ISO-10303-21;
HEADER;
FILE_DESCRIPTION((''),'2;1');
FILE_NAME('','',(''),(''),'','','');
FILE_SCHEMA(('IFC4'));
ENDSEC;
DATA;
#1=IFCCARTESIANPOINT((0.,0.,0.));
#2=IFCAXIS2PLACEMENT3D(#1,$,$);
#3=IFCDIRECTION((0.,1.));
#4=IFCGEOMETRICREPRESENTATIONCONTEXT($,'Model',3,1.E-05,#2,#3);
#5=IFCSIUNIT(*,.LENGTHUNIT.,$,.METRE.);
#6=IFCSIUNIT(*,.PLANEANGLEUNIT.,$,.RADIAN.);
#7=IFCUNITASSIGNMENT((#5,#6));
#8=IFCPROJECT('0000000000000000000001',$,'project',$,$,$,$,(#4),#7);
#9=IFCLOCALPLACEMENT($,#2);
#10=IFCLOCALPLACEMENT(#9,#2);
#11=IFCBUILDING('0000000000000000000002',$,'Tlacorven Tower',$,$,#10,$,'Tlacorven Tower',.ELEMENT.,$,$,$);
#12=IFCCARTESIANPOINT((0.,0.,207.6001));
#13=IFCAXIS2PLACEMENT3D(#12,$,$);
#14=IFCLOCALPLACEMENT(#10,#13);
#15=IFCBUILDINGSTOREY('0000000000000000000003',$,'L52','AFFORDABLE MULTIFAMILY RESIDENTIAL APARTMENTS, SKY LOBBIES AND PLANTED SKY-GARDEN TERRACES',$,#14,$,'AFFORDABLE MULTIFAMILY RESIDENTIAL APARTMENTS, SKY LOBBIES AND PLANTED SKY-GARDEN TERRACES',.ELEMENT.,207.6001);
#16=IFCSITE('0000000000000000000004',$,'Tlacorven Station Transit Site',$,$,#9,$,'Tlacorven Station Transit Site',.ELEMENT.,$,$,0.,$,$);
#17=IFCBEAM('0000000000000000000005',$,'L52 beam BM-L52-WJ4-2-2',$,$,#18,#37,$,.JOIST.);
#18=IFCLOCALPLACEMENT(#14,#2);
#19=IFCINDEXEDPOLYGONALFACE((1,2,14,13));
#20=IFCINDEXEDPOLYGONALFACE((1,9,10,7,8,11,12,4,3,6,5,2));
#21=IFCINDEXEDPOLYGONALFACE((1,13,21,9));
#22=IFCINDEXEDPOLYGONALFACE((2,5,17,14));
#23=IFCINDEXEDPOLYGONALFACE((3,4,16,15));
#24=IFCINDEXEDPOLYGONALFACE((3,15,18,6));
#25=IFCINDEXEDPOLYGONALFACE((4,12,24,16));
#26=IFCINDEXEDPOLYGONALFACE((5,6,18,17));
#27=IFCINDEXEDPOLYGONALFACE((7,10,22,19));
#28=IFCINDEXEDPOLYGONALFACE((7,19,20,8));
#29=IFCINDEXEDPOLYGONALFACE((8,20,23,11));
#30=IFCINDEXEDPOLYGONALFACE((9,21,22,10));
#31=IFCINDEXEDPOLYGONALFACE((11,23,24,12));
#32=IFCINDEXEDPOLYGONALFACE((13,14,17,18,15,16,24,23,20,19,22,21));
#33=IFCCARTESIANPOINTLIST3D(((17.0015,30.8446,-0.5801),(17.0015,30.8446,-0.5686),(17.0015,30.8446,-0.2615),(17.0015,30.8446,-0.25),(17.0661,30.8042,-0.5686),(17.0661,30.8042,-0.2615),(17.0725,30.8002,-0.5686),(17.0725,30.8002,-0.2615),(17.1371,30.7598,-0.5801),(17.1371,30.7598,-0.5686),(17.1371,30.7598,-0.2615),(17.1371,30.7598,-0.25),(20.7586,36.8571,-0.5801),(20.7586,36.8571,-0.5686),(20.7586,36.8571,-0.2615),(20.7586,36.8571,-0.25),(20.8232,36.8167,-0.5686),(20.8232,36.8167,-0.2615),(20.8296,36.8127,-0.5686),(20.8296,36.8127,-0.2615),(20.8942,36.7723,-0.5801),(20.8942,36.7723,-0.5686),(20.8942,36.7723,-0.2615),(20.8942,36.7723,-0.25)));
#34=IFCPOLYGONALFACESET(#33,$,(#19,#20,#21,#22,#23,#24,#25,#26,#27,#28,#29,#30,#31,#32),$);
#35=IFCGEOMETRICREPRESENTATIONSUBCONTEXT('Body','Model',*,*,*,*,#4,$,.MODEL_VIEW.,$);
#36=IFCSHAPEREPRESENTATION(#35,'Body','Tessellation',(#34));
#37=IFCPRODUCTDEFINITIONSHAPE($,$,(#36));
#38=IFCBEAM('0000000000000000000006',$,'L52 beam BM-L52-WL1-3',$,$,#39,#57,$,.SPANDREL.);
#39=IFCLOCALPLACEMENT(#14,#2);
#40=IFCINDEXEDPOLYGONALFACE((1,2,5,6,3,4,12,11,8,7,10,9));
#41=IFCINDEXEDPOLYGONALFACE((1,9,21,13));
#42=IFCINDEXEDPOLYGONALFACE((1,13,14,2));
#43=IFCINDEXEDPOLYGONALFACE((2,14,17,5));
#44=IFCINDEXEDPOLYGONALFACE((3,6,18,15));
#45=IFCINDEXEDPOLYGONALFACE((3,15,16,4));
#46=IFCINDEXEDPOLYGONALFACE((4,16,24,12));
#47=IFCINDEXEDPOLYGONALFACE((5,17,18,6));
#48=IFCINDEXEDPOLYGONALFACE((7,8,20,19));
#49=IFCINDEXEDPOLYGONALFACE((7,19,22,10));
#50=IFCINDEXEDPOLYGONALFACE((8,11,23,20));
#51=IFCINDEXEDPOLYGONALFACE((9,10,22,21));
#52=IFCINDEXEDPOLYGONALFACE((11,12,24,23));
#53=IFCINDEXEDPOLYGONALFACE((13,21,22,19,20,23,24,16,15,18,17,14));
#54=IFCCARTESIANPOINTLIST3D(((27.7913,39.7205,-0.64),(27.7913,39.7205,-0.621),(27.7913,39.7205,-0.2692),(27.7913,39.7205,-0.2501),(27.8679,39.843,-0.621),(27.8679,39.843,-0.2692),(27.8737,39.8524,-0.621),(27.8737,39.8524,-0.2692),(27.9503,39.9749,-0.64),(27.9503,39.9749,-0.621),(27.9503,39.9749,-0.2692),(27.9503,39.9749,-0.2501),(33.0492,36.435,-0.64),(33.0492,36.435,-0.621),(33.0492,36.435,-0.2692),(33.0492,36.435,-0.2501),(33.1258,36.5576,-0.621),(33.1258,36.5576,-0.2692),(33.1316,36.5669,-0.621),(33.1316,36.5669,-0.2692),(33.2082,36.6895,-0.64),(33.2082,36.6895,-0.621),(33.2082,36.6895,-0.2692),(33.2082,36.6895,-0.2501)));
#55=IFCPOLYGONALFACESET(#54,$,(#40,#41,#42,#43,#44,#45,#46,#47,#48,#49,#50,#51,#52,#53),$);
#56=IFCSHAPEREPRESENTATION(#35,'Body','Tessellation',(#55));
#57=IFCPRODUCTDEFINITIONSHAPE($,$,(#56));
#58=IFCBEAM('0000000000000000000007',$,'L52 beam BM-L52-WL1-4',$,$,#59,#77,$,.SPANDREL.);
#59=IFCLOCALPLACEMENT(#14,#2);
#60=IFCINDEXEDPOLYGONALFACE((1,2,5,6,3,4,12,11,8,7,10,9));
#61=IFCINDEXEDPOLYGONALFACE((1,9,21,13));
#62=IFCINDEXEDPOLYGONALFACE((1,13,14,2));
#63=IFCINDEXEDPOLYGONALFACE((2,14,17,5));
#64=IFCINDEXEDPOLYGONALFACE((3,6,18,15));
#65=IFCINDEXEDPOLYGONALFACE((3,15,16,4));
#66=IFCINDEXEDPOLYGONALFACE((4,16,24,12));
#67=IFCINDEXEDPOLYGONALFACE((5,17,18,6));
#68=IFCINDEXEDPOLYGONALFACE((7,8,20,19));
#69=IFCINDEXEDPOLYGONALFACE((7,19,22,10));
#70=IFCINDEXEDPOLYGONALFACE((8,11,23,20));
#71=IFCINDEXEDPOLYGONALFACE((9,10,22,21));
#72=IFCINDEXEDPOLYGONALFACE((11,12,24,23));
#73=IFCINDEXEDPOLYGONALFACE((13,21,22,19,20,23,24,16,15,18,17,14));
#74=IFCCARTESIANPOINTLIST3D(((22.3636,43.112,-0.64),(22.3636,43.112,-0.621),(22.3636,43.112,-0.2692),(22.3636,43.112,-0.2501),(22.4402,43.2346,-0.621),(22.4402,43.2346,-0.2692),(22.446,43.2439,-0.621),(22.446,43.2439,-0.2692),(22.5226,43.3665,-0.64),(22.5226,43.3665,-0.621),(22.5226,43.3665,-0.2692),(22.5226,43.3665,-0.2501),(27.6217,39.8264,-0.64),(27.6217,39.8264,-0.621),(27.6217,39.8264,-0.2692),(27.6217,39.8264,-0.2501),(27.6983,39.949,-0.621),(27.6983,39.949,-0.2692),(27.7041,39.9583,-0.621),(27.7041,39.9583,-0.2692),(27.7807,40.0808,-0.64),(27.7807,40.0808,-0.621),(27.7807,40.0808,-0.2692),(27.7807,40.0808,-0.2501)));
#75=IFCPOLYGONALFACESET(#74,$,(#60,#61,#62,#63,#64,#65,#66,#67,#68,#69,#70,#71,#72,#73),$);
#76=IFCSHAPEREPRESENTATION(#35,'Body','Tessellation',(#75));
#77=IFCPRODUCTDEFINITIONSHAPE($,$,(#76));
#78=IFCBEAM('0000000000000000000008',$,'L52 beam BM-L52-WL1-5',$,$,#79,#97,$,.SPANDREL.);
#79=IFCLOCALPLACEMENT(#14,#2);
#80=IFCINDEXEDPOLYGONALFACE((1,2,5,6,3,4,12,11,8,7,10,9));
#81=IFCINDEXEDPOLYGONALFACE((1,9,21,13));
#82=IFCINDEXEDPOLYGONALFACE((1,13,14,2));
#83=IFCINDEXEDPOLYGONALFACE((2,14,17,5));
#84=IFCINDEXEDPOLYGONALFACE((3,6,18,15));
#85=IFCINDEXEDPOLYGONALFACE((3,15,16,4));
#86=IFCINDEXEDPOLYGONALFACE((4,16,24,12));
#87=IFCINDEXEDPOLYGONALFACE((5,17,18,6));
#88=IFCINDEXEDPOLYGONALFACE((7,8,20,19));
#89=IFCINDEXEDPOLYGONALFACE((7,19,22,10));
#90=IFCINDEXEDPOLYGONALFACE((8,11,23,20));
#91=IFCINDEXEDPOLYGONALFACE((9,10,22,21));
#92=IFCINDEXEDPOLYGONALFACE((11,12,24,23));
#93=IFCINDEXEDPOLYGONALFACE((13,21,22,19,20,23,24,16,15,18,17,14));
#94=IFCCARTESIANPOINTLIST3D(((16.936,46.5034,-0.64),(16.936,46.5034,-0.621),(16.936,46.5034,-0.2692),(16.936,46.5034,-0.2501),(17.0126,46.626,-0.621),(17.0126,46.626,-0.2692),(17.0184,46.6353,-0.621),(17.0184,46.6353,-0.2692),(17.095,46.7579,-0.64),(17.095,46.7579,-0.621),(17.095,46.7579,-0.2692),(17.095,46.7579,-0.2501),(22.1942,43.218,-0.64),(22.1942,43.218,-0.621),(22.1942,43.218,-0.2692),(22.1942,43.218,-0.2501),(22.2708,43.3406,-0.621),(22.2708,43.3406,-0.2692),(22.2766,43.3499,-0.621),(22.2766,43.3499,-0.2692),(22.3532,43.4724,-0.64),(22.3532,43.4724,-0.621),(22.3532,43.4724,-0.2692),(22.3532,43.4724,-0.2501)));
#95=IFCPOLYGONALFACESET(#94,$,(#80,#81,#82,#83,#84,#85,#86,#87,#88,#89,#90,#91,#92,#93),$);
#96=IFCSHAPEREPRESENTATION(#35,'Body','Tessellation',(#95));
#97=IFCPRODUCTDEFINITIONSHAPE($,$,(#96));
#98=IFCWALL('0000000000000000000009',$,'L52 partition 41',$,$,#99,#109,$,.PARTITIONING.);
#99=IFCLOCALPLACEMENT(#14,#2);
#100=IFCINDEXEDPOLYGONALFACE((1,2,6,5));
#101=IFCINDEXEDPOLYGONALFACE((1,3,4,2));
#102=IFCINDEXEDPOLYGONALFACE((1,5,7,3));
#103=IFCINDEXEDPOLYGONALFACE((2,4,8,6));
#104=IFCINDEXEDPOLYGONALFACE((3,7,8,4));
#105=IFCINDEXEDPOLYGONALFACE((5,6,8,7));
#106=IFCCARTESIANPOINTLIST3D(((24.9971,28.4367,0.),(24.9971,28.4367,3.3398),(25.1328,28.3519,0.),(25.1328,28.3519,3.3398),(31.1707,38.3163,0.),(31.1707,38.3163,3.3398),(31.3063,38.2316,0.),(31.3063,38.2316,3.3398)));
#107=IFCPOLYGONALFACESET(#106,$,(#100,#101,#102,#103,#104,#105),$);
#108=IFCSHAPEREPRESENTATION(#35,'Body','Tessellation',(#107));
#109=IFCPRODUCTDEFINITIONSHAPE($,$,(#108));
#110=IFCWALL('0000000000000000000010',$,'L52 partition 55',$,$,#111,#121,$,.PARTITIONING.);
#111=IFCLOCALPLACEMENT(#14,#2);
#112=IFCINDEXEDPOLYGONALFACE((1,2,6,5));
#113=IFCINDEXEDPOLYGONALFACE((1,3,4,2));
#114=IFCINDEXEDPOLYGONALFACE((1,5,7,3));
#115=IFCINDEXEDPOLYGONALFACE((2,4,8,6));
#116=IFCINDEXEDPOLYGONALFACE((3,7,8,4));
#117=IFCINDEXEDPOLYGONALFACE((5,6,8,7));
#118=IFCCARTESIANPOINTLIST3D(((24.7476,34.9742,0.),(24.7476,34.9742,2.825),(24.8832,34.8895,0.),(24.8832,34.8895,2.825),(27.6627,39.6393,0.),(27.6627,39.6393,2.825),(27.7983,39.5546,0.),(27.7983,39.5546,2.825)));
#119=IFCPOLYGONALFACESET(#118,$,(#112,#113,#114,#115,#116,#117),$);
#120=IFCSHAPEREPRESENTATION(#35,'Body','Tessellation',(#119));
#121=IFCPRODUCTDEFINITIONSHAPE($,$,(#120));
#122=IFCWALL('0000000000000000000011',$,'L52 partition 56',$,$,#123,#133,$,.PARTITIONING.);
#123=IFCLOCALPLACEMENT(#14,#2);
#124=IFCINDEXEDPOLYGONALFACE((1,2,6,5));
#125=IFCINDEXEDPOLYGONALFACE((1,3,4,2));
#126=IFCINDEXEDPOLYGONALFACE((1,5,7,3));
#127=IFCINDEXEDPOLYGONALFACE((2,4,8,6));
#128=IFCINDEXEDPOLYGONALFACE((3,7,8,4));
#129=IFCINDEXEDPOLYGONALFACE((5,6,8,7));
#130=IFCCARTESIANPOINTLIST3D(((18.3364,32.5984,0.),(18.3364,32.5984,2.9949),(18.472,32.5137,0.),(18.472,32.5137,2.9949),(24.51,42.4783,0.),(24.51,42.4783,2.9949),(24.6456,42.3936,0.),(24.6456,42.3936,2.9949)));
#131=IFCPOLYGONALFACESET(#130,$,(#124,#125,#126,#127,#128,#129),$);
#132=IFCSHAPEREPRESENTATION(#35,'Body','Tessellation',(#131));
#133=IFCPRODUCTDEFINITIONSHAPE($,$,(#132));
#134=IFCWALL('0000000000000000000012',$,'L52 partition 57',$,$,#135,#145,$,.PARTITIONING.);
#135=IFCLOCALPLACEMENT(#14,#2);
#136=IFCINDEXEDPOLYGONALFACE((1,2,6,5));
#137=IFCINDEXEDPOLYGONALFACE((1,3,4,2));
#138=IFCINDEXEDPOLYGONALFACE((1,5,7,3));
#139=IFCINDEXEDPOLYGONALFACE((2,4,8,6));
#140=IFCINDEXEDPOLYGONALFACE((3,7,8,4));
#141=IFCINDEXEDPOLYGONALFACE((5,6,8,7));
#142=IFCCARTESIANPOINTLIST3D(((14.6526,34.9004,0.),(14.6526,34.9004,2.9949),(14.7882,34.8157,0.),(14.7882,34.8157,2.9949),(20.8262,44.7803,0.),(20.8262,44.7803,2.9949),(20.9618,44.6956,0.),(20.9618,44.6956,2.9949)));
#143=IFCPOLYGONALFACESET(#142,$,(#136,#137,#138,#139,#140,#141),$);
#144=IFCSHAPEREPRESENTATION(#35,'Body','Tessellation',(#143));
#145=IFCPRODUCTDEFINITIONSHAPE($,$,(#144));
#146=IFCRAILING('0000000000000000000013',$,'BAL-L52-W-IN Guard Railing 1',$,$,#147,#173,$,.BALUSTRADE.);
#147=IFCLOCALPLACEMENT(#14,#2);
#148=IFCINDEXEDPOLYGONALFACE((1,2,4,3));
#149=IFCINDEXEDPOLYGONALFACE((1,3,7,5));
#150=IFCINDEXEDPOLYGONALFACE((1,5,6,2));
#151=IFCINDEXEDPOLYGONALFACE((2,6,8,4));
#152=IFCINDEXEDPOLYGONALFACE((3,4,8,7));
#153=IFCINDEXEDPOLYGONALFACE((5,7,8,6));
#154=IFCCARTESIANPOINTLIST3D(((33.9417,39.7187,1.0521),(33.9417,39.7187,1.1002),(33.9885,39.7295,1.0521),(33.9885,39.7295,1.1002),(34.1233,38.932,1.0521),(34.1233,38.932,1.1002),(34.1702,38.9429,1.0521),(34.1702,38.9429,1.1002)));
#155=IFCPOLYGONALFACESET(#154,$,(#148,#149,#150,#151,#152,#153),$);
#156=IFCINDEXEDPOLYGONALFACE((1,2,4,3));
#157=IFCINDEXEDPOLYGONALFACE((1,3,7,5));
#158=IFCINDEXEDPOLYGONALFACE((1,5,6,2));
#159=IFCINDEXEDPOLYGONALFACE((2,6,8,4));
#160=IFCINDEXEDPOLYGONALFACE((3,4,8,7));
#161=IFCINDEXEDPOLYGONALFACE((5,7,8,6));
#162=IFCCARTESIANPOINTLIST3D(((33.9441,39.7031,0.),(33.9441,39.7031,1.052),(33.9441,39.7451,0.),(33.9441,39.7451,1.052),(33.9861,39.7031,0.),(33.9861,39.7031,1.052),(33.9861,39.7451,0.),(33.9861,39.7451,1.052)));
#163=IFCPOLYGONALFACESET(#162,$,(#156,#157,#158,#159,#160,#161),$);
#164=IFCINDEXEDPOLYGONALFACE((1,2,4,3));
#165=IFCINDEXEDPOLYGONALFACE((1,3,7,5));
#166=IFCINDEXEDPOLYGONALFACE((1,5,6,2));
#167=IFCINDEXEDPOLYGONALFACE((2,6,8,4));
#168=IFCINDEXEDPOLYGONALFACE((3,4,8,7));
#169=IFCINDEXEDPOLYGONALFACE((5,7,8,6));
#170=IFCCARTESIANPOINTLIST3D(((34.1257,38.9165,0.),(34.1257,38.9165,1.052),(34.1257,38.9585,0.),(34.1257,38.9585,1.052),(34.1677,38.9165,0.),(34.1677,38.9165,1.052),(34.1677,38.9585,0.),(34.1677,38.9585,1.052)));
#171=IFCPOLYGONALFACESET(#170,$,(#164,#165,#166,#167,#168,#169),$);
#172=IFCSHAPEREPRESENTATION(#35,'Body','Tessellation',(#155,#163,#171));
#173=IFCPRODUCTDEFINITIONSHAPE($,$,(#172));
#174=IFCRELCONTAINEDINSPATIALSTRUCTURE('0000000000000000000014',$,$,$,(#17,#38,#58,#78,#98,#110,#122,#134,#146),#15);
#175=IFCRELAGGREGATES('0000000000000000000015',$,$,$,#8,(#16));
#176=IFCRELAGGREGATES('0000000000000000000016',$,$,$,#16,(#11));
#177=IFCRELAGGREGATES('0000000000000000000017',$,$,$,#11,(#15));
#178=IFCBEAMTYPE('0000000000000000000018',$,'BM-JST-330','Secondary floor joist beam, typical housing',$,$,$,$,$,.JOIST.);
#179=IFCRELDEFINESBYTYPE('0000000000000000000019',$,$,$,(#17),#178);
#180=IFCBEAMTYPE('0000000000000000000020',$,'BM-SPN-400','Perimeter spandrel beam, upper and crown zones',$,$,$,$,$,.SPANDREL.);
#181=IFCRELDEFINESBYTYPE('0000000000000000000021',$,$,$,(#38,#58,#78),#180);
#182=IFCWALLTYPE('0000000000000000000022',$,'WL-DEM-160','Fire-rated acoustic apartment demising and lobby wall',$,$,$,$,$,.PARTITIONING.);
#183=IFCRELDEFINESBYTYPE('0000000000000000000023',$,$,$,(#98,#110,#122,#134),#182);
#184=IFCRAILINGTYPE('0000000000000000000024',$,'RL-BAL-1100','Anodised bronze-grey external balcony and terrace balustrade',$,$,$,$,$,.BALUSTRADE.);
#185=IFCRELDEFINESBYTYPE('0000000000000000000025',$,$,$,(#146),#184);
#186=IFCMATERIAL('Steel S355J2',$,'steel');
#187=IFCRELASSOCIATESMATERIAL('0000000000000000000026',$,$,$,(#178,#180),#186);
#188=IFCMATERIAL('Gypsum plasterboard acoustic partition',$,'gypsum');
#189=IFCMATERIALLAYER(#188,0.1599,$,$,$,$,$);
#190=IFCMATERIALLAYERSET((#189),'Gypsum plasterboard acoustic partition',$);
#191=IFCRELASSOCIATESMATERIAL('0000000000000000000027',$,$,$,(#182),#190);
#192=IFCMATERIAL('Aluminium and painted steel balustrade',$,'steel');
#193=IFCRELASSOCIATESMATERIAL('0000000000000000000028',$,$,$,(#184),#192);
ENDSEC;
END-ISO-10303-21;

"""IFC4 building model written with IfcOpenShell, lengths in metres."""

from ifc_helpers import new_model, si_unit, direction, frame, frame_2d, origin, origin_2d, place, context, subcontext, project, spatial, rectangle, i_section, extrude, source, transform, mapped, material, layer, layer_set, material_profile, profile_set, type_object, element, save


model = new_model("IFC4")

# Units and contexts
model_context = context("Model", 3, precision=1e-05, world=origin(), true_north=direction((0.0, 1.0)))
body_context = subcontext(model_context, "Body", "Model", "MODEL_VIEW")
ifc_project = project(units=[si_unit("LENGTHUNIT", "METRE"), si_unit("PLANEANGLEUNIT", "RADIAN")], contexts=[model_context])

# Site, building, storey
site_placement = place(None, origin())
site = spatial("IfcSite", under=ifc_project, at=site_placement, Name="Tlacorven Station Transit Site", LongName="Tlacorven Station Transit Site", CompositionType="ELEMENT", RefElevation=0.0)
building_placement = place(site_placement, origin())
building = spatial("IfcBuilding", under=site, at=building_placement, Name="Tlacorven Tower", LongName="Tlacorven Tower", CompositionType="ELEMENT")
storey_placement = place(building_placement, frame((0.0, 0.0, 207.6001)))
storey = spatial("IfcBuildingStorey", under=building, at=storey_placement, Name="L52", Description="AFFORDABLE MULTIFAMILY RESIDENTIAL APARTMENTS, SKY LOBBIES AND PLANTED SKY-GARDEN TERRACES", LongName="AFFORDABLE MULTIFAMILY RESIDENTIAL APARTMENTS, SKY LOBBIES AND PLANTED SKY-GARDEN TERRACES", CompositionType="ELEMENT", Elevation=207.6001)

# Beams
ifc_material_1 = material(Name="Steel S355J2", Category="steel")
ifc_material_profile_1 = material_profile(ifc_material_1, i_section(OverallWidth=0.1599, OverallDepth=0.3301, WebThickness=0.0076, FlangeThickness=0.0115, at=origin_2d()), Name="IPE 330")
ifc_profile_set_1 = profile_set([ifc_material_profile_1], Name="Steel S355J2")
beam_type_1 = type_object("IfcBeamType", Name="BM-JST-330", Description="Secondary floor joist beam, typical housing", PredefinedType="JOIST", material=ifc_profile_set_1)
shared_shape_1 = source(origin(), body_context, "Body", "SweptSolid", [
    extrude(i_section(OverallWidth=0.1599, OverallDepth=0.3301, WebThickness=0.0076, FlangeThickness=0.0115, at=origin_2d()), origin(), (0.0, 0.0, 1.0), 7.0898),
])
beam_1_placement = place(storey_placement, frame((20.8264, 36.8147, -0.415), z_axis=(-0.529928, -0.848043, 0.0), x_axis=(0.848043, -0.529928, 0.0)))
element("IfcBeam", 1, at=beam_1_placement, inside=storey, type_object=beam_type_1, Name="L52 beam BM-L52-WJ4-2-2", PredefinedType="JOIST", context=body_context, shape_type="MappedRepresentation", body=[
    mapped(shared_shape_1, transform((0.0, 0.0, 0.0), scale=1.0)),
])
ifc_material_profile_2 = material_profile(ifc_material_1, i_section(OverallWidth=0.3, OverallDepth=0.3899, WebThickness=0.011, FlangeThickness=0.019, at=origin_2d()), Name="HEA 400")
ifc_profile_set_2 = profile_set([ifc_material_profile_2], Name="Steel S355J2")
beam_type_2 = type_object("IfcBeamType", Name="BM-SPN-400", Description="Perimeter spandrel beam, upper and crown zones", PredefinedType="SPANDREL", material=ifc_profile_set_2)
shared_shape_2 = source(origin(), body_context, "Body", "SweptSolid", [
    extrude(i_section(OverallWidth=0.3, OverallDepth=0.3899, WebThickness=0.011, FlangeThickness=0.019, at=origin_2d()), origin(), (0.0, 0.0, 1.0), 6.2),
])
beam_2_placement = place(storey_placement, frame((33.1287, 36.5623, -0.4451), z_axis=(-0.848051, 0.529914, 0.0), x_axis=(-0.529914, -0.848051, 0.0)))
element("IfcBeam", 2, at=beam_2_placement, inside=storey, type_object=beam_type_2, Name="L52 beam BM-L52-WL1-3", PredefinedType="SPANDREL", context=body_context, shape_type="MappedRepresentation", body=[
    mapped(shared_shape_2, transform((0.0, 0.0, 0.0), scale=1.0)),
])
shared_shape_3 = source(origin(), body_context, "Body", "SweptSolid", [
    extrude(i_section(OverallWidth=0.3, OverallDepth=0.3899, WebThickness=0.011, FlangeThickness=0.019, at=origin_2d()), origin(), (0.0, 0.0, 1.0), 6.2002),
])
for number, where, z_axis, x_axis, name in (
    (3, (27.7012, 39.9536, -0.4451), (-0.848045, 0.529925, 0.0), (-0.529925, -0.848045, 0.0), "L52 beam BM-L52-WL1-4"),
    (4, (22.2737, 43.3452, -0.4451), (-0.848062, 0.529896, 0.0), (-0.529896, -0.848062, 0.0), "L52 beam BM-L52-WL1-5"),
):
    element("IfcBeam", number, at=place(storey_placement, frame(where, z_axis=z_axis, x_axis=x_axis)), inside=storey, type_object=beam_type_2, Name=name, PredefinedType="SPANDREL", context=body_context, shape_type="MappedRepresentation", body=[
        mapped(shared_shape_3, transform((0.0, 0.0, 0.0), scale=1.0)),
    ])

# Walls
ifc_material_2 = material(Name="Gypsum plasterboard acoustic partition", Category="gypsum")
ifc_layer_1 = layer(ifc_material_2, 0.1599)
ifc_layer_set_1 = layer_set([ifc_layer_1], Name="Gypsum plasterboard acoustic partition")
wall_type = type_object("IfcWallType", Name="WL-DEM-160", Description="Fire-rated acoustic apartment demising and lobby wall", PredefinedType="PARTITIONING", material=ifc_layer_set_1)
wall_1_placement = place(storey_placement, frame((31.2385, 38.2739, 0.0), z_axis=(0.0, 0.0, 1.0), x_axis=(-0.529925, -0.848044, 0.0)))
element("IfcWall", 5, at=wall_1_placement, inside=storey, type_object=wall_type, Name="L52 partition 41", PredefinedType="PARTITIONING", context=body_context, shape_type="SweptSolid", body=[
    extrude(rectangle(XDim=11.6499, YDim=0.1599, at=frame_2d((5.825, 0.0))), origin(), (0.0, 0.0, 1.0), 3.3398),
])
wall_2_placement = place(storey_placement, frame((27.7305, 39.5969, 0.0), z_axis=(0.0, 0.0, 1.0), x_axis=(-0.529919, -0.848048, 0.0)))
element("IfcWall", 6, at=wall_2_placement, inside=storey, type_object=wall_type, Name="L52 partition 55", PredefinedType="PARTITIONING", context=body_context, shape_type="SweptSolid", body=[
    extrude(rectangle(XDim=5.501, YDim=0.1599, at=frame_2d((2.7505, 0.0))), origin(), (0.0, 0.0, 1.0), 2.825),
])
for number, where, z_axis, x_axis, name in (
    (7, (24.5779, 42.436, 0.0), (0.0, 0.0, 1.0), (-0.529916, -0.84805, 0.0), "L52 partition 56"),
    (8, (20.894, 44.738, 0.0), (0.0, 0.0, 1.0), (-0.529916, -0.84805, 0.0), "L52 partition 57"),
):
    element("IfcWall", number, at=place(storey_placement, frame(where, z_axis=z_axis, x_axis=x_axis)), inside=storey, type_object=wall_type, Name=name, PredefinedType="PARTITIONING", context=body_context, shape_type="SweptSolid", body=[
        extrude(rectangle(XDim=11.6501, YDim=0.1599, at=frame_2d((5.8252, 0.0))), origin(), (0.0, 0.0, 1.0), 2.9949),
    ])

# Railing
ifc_material_3 = material(Name="Aluminium and painted steel balustrade", Category="steel")
railing_type = type_object("IfcRailingType", Name="RL-BAL-1100", Description="Anodised bronze-grey external balcony and terrace balustrade", PredefinedType="BALUSTRADE", material=ifc_material_3)
shared_shape_4 = source(origin(), body_context, "Body", "SweptSolid", [
    extrude(rectangle(XDim=0.0481, YDim=0.0481, at=origin_2d()), frame((0.0, 0.0, 1.0762), z_axis=(0.224992, -0.974361, 0.0), x_axis=(0.974361, 0.224992, 0.0)), (0.0, 0.0, 1.0), 0.8074),
    extrude(rectangle(XDim=0.042, YDim=0.042, at=origin_2d()), origin(), (0.0, 0.0, 1.0), 1.052),
    extrude(rectangle(XDim=0.042, YDim=0.042, at=origin_2d()), frame((0.1816, -0.7866, 0.0)), (0.0, 0.0, 1.0), 1.052),
])
railing_1_placement = place(storey_placement, frame((33.9651, 39.7241, 0.0)))
element("IfcRailing", 9, at=railing_1_placement, inside=storey, type_object=railing_type, Name="BAL-L52-W-IN Guard Railing 1", PredefinedType="BALUSTRADE", context=body_context, shape_type="MappedRepresentation", body=[
    mapped(shared_shape_4, transform((0.0, 0.0, 0.0), scale=1.0)),
])

save(model, "model.ifc")
